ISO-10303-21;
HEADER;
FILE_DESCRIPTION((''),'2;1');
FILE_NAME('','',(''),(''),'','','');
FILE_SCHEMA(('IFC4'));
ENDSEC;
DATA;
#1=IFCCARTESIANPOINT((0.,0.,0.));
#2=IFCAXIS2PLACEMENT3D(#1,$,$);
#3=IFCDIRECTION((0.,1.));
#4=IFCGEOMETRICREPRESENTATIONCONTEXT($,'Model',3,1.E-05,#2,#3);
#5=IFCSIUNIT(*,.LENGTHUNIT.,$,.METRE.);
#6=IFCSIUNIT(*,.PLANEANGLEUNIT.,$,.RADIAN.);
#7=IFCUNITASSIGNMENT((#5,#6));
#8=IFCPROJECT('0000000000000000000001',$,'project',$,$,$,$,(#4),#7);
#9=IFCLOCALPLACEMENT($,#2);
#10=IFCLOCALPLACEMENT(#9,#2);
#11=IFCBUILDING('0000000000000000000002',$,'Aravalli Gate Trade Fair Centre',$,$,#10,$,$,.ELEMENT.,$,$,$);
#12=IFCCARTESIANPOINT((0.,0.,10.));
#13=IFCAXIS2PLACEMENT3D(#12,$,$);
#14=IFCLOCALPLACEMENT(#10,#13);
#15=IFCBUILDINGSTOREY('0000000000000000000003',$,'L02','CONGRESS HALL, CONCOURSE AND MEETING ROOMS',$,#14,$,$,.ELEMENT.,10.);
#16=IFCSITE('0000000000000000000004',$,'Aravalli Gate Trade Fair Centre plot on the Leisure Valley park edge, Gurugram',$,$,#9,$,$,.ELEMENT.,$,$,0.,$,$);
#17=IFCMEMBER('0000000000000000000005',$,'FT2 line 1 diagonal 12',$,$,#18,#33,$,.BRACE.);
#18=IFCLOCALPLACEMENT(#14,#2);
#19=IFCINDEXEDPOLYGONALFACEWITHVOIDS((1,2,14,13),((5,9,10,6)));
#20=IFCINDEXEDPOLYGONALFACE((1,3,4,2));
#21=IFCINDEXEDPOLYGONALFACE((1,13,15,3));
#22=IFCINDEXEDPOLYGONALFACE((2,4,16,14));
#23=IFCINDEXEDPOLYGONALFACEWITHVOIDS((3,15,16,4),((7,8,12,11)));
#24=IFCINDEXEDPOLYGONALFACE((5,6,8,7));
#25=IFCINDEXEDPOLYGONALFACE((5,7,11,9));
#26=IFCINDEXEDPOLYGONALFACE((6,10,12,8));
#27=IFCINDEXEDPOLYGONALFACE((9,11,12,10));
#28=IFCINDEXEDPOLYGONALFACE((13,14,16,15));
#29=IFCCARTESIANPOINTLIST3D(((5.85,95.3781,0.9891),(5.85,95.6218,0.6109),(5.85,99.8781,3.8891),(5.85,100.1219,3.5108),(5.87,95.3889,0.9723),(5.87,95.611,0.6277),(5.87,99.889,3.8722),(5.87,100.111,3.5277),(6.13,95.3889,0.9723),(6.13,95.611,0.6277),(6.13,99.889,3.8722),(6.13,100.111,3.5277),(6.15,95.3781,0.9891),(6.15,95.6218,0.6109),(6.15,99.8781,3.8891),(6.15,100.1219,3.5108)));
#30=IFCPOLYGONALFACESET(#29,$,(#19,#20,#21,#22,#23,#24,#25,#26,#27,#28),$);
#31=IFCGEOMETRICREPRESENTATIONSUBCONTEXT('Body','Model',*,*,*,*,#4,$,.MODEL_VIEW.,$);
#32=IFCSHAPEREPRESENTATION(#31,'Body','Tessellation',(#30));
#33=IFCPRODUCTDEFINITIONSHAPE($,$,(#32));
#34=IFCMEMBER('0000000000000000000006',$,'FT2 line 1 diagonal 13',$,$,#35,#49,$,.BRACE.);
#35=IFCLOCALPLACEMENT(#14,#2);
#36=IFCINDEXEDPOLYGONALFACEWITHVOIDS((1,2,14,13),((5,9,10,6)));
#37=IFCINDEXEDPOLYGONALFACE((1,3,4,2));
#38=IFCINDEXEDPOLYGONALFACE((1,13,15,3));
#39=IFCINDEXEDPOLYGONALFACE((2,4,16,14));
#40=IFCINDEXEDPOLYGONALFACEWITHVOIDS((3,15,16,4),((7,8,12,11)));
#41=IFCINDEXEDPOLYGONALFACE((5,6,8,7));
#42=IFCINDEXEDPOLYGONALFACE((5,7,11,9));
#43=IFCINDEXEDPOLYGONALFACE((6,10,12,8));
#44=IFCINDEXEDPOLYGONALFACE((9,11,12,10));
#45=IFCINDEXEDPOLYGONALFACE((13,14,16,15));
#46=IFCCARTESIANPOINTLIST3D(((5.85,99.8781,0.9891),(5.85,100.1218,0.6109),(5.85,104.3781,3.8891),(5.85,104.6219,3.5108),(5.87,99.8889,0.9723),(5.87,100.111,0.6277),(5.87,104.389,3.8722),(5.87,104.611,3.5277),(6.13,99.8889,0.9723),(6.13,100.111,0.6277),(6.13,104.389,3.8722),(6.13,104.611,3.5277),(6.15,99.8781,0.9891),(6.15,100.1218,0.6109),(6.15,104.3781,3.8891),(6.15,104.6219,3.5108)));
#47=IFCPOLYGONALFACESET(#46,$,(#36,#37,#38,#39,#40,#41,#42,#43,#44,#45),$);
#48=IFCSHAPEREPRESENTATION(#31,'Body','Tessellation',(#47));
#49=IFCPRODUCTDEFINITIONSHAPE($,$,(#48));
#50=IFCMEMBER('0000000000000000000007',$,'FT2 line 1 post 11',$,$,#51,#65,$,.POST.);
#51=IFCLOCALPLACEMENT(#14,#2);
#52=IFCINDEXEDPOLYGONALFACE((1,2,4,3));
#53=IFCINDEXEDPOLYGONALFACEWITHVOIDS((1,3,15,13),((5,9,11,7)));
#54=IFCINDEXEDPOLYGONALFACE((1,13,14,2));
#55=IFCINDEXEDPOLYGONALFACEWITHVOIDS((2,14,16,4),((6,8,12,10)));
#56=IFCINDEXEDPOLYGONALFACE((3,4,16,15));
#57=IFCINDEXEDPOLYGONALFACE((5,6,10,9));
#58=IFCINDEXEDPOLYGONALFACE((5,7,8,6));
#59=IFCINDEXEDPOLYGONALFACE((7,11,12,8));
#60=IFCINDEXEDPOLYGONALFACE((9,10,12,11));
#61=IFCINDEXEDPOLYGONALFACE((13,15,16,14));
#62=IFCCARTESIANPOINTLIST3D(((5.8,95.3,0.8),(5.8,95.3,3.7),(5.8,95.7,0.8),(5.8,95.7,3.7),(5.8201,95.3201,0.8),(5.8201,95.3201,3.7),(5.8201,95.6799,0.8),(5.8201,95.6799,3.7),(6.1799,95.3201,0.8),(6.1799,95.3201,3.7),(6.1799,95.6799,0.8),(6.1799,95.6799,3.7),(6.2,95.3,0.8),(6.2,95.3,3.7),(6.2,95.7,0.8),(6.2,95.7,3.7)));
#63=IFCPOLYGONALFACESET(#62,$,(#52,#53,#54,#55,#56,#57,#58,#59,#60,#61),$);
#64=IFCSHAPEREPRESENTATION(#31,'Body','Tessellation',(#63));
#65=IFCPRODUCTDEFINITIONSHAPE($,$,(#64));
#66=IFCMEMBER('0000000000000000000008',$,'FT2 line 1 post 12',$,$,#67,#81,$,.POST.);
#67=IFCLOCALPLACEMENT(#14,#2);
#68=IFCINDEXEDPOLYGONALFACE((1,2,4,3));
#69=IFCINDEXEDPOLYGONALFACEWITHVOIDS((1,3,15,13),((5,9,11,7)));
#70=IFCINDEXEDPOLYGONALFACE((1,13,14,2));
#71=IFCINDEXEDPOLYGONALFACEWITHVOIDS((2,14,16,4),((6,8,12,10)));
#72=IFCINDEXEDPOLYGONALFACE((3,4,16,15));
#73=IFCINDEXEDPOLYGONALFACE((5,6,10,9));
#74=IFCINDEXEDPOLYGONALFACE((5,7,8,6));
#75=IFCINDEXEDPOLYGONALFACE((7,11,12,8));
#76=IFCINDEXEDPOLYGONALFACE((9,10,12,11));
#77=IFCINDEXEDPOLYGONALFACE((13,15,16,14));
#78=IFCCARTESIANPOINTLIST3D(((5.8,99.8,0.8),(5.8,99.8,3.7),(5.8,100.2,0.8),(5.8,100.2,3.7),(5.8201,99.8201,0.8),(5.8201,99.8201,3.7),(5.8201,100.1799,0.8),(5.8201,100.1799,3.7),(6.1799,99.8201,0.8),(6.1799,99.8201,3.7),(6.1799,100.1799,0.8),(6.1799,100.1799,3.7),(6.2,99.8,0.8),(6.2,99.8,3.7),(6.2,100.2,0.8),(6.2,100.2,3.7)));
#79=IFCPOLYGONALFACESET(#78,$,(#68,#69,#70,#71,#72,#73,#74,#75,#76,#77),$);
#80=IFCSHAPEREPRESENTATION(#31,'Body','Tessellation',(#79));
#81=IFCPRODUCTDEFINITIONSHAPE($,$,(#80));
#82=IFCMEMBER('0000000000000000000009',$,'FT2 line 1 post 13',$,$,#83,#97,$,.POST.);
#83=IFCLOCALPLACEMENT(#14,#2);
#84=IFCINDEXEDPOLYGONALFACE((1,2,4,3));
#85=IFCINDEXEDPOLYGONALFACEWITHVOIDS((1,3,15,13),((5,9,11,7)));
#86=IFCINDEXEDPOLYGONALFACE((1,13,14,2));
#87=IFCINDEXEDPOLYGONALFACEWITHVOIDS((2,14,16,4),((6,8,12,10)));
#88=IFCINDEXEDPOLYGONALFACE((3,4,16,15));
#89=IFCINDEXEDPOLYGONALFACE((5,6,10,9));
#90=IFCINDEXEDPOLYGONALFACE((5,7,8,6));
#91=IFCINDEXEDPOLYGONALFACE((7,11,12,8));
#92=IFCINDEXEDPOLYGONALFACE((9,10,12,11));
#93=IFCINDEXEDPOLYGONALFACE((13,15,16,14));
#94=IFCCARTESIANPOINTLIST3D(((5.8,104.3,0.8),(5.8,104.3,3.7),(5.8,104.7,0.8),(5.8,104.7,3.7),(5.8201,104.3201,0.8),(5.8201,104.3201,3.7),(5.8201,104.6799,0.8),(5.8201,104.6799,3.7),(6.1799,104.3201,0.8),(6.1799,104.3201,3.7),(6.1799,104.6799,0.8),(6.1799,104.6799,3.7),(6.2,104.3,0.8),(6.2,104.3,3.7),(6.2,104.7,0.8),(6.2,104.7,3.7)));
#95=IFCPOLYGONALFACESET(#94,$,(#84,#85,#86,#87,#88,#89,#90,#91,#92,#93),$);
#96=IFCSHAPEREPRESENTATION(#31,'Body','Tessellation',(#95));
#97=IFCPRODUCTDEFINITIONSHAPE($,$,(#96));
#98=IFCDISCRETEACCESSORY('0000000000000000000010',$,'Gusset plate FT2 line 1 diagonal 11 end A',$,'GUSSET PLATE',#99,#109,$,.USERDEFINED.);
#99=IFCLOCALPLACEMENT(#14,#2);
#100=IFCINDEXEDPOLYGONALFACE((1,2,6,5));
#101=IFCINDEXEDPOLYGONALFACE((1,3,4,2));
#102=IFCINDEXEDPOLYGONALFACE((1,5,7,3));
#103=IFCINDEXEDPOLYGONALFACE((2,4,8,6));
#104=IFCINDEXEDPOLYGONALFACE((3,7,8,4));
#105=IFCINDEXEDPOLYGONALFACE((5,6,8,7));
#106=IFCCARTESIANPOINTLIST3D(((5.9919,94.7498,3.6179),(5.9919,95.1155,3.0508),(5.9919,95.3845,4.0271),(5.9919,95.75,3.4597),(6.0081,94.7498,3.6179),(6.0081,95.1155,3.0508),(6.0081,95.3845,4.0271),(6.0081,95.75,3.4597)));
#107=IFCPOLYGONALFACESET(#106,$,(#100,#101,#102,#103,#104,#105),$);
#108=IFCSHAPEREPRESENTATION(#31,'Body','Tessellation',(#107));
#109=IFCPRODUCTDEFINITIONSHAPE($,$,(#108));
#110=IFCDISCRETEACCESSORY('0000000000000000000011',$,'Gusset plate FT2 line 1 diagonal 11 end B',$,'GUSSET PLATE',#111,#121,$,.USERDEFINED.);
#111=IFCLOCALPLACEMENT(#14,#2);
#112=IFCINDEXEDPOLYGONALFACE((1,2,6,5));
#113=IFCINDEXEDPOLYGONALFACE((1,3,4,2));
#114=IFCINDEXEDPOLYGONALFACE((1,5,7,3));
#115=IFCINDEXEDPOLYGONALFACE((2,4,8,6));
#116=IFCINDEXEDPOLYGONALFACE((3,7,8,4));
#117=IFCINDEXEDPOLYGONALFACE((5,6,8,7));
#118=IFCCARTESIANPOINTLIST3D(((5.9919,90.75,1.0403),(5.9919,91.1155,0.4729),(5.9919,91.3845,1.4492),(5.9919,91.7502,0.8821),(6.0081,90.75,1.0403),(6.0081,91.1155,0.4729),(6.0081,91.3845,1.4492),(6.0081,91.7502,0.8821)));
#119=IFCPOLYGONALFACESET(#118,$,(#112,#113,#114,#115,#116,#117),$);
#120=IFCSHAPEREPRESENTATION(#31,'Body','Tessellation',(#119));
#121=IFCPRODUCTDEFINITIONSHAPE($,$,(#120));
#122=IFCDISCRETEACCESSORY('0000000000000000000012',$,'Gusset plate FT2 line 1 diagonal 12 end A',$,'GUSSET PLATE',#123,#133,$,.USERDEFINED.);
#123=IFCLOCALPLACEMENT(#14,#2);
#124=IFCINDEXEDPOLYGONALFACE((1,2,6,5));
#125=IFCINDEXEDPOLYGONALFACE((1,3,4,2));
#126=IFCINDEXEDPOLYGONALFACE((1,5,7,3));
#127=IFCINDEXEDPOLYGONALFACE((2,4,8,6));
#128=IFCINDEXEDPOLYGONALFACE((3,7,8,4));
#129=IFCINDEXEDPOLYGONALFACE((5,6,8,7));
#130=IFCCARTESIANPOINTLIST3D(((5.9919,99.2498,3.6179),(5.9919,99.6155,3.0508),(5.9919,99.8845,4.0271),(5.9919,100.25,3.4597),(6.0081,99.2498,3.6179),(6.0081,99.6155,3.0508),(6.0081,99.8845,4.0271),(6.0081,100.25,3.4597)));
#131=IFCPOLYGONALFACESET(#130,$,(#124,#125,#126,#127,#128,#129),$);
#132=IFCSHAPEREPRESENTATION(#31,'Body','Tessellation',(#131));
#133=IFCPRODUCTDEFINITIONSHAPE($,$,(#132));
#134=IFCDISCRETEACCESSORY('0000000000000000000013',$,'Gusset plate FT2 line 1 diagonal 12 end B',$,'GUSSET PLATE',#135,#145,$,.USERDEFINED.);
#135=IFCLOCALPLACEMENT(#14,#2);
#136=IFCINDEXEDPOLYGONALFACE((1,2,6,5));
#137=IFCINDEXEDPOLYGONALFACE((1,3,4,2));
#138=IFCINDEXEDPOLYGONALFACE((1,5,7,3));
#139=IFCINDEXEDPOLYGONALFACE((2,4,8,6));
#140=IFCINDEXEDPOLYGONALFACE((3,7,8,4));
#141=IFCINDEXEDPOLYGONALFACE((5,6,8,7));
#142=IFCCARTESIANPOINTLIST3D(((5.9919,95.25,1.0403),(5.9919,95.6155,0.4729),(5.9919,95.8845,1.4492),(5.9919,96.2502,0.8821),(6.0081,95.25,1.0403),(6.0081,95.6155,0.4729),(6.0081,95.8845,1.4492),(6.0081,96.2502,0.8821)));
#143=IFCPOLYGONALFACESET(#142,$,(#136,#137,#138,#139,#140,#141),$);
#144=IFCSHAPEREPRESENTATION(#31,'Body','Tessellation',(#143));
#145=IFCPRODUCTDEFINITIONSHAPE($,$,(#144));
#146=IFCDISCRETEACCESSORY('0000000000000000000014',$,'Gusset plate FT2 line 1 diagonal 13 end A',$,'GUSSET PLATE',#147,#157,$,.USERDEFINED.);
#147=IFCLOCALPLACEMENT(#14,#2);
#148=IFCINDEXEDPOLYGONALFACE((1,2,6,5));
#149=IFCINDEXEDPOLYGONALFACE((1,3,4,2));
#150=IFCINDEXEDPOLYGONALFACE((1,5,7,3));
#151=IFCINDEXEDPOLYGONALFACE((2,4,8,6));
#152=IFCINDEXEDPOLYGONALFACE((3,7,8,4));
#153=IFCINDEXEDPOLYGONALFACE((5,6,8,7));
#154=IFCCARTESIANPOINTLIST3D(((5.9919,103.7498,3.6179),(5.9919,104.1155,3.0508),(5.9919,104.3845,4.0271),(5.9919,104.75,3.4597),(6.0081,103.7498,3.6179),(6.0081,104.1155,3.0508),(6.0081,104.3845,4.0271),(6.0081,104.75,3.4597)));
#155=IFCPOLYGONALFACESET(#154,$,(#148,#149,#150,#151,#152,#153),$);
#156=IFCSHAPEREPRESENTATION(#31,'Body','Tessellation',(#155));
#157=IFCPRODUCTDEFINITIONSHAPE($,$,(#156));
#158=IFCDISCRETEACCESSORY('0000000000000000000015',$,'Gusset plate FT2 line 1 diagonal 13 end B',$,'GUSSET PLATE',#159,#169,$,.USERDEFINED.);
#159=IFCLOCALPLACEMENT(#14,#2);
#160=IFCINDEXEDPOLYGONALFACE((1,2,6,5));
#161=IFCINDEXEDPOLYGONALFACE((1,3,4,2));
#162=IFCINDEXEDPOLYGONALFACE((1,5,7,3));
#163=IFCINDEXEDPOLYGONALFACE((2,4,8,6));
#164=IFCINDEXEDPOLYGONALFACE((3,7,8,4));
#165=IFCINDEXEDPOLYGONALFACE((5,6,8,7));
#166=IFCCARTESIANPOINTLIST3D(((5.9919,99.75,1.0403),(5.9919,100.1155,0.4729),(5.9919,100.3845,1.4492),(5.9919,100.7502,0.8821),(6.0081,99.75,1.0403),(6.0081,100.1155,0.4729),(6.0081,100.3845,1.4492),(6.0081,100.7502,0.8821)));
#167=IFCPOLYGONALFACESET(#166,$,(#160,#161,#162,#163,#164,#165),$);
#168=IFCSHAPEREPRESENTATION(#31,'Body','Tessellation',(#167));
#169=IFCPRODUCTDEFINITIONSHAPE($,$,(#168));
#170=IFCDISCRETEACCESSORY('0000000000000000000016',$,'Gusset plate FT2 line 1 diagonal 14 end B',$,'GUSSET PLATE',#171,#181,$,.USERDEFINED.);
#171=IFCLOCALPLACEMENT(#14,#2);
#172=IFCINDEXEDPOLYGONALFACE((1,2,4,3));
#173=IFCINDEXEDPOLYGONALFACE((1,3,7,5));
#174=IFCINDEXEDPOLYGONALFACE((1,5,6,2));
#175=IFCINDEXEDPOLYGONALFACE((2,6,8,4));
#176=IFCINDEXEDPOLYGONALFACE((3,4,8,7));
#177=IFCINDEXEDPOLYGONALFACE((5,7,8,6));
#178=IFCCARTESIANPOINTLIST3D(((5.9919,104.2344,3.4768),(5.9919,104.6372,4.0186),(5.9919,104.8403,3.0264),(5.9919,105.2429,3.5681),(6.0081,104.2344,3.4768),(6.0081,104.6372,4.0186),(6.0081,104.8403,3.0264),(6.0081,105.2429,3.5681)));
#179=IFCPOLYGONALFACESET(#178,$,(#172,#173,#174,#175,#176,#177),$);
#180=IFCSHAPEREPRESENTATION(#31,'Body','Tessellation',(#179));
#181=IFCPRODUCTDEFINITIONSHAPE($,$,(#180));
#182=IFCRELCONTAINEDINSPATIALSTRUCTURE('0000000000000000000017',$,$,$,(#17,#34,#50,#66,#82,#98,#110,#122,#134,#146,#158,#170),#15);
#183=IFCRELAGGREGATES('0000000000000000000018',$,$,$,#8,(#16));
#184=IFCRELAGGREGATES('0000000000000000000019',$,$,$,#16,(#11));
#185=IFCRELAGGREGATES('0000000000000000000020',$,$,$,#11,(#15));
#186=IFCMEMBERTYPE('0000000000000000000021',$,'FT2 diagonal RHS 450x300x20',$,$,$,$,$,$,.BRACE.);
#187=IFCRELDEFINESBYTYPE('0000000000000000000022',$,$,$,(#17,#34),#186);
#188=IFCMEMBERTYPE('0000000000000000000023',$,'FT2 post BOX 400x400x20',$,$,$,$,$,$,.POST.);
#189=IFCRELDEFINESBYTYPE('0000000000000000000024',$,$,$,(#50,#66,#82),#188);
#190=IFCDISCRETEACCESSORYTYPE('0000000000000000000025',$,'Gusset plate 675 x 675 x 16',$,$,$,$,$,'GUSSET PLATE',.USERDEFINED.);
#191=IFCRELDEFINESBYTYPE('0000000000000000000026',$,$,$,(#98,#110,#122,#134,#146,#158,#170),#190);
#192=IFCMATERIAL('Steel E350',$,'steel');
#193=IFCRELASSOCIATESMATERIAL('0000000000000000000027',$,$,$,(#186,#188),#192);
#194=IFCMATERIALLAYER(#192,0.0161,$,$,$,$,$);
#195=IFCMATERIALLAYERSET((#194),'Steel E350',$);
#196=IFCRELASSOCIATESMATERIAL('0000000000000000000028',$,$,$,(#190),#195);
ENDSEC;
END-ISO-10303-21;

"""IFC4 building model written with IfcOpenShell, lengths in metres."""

from ifc_helpers import new_model, si_unit, direction, frame, origin, origin_2d, place, context, subcontext, project, spatial, polyline, hollow_rectangle, outline, extrude, material, layer, layer_set, material_profile, profile_set, type_object, element, save


model = new_model("IFC4")

# Units and contexts
model_context = context("Model", 3, precision=1e-05, world=origin(), true_north=direction((0.0, 1.0)))
body_context = subcontext(model_context, "Body", "Model", "MODEL_VIEW")
ifc_project = project(units=[si_unit("LENGTHUNIT", "METRE"), si_unit("PLANEANGLEUNIT", "RADIAN")], contexts=[model_context])

# Site, building, storey
site_placement = place(None, origin())
site = spatial("IfcSite", under=ifc_project, at=site_placement, Name="Aravalli Gate Trade Fair Centre plot on the Leisure Valley park edge, Gurugram", CompositionType="ELEMENT", RefElevation=0.0)
building_placement = place(site_placement, origin())
building = spatial("IfcBuilding", under=site, at=building_placement, Name="Aravalli Gate Trade Fair Centre", CompositionType="ELEMENT")
storey_placement = place(building_placement, frame((0.0, 0.0, 10.0)))
storey = spatial("IfcBuildingStorey", under=building, at=storey_placement, Name="L02", Description="CONGRESS HALL, CONCOURSE AND MEETING ROOMS", CompositionType="ELEMENT", Elevation=10.0)

# Members
ifc_material = material(Name="Steel E350", Category="steel")
ifc_material_profile_1 = material_profile(ifc_material, hollow_rectangle(XDim=0.3, YDim=0.45, WallThickness=0.02, at=origin_2d()), Name="RHS 450x300x20")
ifc_profile_set_1 = profile_set([ifc_material_profile_1], Name="Steel E350")
member_type_1 = type_object("IfcMemberType", Name="FT2 diagonal RHS 450x300x20", PredefinedType="BRACE", material=ifc_profile_set_1)
for number, where, z_axis, x_axis, name in (
    (1, (6.0, 100.0, 3.7), (0.0, -0.840579, -0.541688), (1.0, 0.0, 0.0), "FT2 line 1 diagonal 12"),
    (2, (6.0, 104.5, 3.7), (0.0, -0.840579, -0.541688), (1.0, 0.0, 0.0), "FT2 line 1 diagonal 13"),
):
    element("IfcMember", number, at=place(storey_placement, frame(where, z_axis=z_axis, x_axis=x_axis)), inside=storey, type_object=member_type_1, Name=name, PredefinedType="BRACE", context=body_context, shape_type="SweptSolid", body=[
        extrude(hollow_rectangle(XDim=0.3, YDim=0.45, WallThickness=0.02, at=origin_2d()), origin(), (0.0, 0.0, 1.0), 5.3535),
    ])
ifc_material_profile_2 = material_profile(ifc_material, hollow_rectangle(XDim=0.3999, YDim=0.3999, WallThickness=0.02, at=origin_2d()), Name="BOX 400x400x20")
ifc_profile_set_2 = profile_set([ifc_material_profile_2], Name="Steel E350")
member_type_2 = type_object("IfcMemberType", Name="FT2 post BOX 400x400x20", PredefinedType="POST", material=ifc_profile_set_2)
for number, where, z_axis, x_axis, name in (
    (3, (6.0, 95.5, 0.8), (0.0, 0.0, 1.0), (1.0, 0.0, 0.0), "FT2 line 1 post 11"),
    (4, (6.0, 100.0, 0.8), (0.0, 0.0, 1.0), (1.0, 0.0, 0.0), "FT2 line 1 post 12"),
    (5, (6.0, 104.5, 0.8), (0.0, 0.0, 1.0), (1.0, 0.0, 0.0), "FT2 line 1 post 13"),
):
    element("IfcMember", number, at=place(storey_placement, frame(where, z_axis=z_axis, x_axis=x_axis)), inside=storey, type_object=member_type_2, Name=name, PredefinedType="POST", context=body_context, shape_type="SweptSolid", body=[
        extrude(hollow_rectangle(XDim=0.3999, YDim=0.3999, WallThickness=0.02, at=origin_2d()), origin(), (0.0, 0.0, 1.0), 2.8999),
    ])

# Discrete accessories
ifc_layer_1 = layer(ifc_material, 0.0161)
ifc_layer_set_1 = layer_set([ifc_layer_1], Name="Steel E350")
discrete_accessory_type_1 = type_object("IfcDiscreteAccessoryType", Name="Gusset plate 675 x 675 x 16", ElementType="GUSSET PLATE", PredefinedType="USERDEFINED", material=ifc_layer_set_1)
discrete_accessory_1_placement = place(storey_placement, frame((5.9919, 94.7498, 3.6179), z_axis=(-1.0, 0.0, 0.0), x_axis=(0.0, 0.840506, 0.541803)))
element("IfcDiscreteAccessory", 6, at=discrete_accessory_1_placement, inside=storey, type_object=discrete_accessory_type_1, Name="Gusset plate FT2 line 1 diagonal 11 end A", ObjectType="GUSSET PLATE", PredefinedType="USERDEFINED", context=body_context, shape_type="SweptSolid", body=[
    extrude(outline(polyline([(0.0, 0.0), (0.7552, 0.0), (0.755, 0.6749), (0.0001, 0.6748), (0.0, 0.0)])), origin(), (0.0, 0.0, -1.0), 0.0161),
])
discrete_accessory_2_placement = place(storey_placement, frame((6.0081, 91.3845, 1.4492), z_axis=(1.0, 0.0, 0.0), x_axis=(0.0, -0.840558, -0.541722)))
element("IfcDiscreteAccessory", 7, at=discrete_accessory_2_placement, inside=storey, type_object=discrete_accessory_type_1, Name="Gusset plate FT2 line 1 diagonal 11 end B", ObjectType="GUSSET PLATE", PredefinedType="USERDEFINED", context=body_context, shape_type="SweptSolid", body=[
    extrude(outline(polyline([(0.0, 0.0), (0.7549, 0.0), (0.755, 0.6749), (-0.0002, 0.6748), (0.0, 0.0)])), origin(), (0.0, 0.0, -1.0), 0.0161),
])
discrete_accessory_3_placement = place(storey_placement, frame((5.9919, 99.2498, 3.6179), z_axis=(-1.0, 0.0, 0.0), x_axis=(0.0, 0.840506, 0.541803)))
element("IfcDiscreteAccessory", 8, at=discrete_accessory_3_placement, inside=storey, type_object=discrete_accessory_type_1, Name="Gusset plate FT2 line 1 diagonal 12 end A", ObjectType="GUSSET PLATE", PredefinedType="USERDEFINED", context=body_context, shape_type="SweptSolid", body=[
    extrude(outline(polyline([(0.0, 0.0), (0.7552, 0.0), (0.755, 0.6749), (0.0001, 0.6748), (0.0, 0.0)])), origin(), (0.0, 0.0, -1.0), 0.0161),
])
discrete_accessory_4_placement = place(storey_placement, frame((6.0081, 95.8845, 1.4492), z_axis=(1.0, 0.0, 0.0), x_axis=(0.0, -0.840558, -0.541722)))
element("IfcDiscreteAccessory", 9, at=discrete_accessory_4_placement, inside=storey, type_object=discrete_accessory_type_1, Name="Gusset plate FT2 line 1 diagonal 12 end B", ObjectType="GUSSET PLATE", PredefinedType="USERDEFINED", context=body_context, shape_type="SweptSolid", body=[
    extrude(outline(polyline([(0.0, 0.0), (0.7549, 0.0), (0.755, 0.6749), (-0.0002, 0.6748), (0.0, 0.0)])), origin(), (0.0, 0.0, -1.0), 0.0161),
])
discrete_accessory_5_placement = place(storey_placement, frame((5.9919, 103.7498, 3.6179), z_axis=(-1.0, 0.0, 0.0), x_axis=(0.0, 0.840506, 0.541803)))
element("IfcDiscreteAccessory", 10, at=discrete_accessory_5_placement, inside=storey, type_object=discrete_accessory_type_1, Name="Gusset plate FT2 line 1 diagonal 13 end A", ObjectType="GUSSET PLATE", PredefinedType="USERDEFINED", context=body_context, shape_type="SweptSolid", body=[
    extrude(outline(polyline([(0.0, 0.0), (0.7552, 0.0), (0.755, 0.6749), (0.0001, 0.6748), (0.0, 0.0)])), origin(), (0.0, 0.0, -1.0), 0.0161),
])
discrete_accessory_6_placement = place(storey_placement, frame((6.0081, 100.3845, 1.4492), z_axis=(1.0, 0.0, 0.0), x_axis=(0.0, -0.840558, -0.541722)))
element("IfcDiscreteAccessory", 11, at=discrete_accessory_6_placement, inside=storey, type_object=discrete_accessory_type_1, Name="Gusset plate FT2 line 1 diagonal 13 end B", ObjectType="GUSSET PLATE", PredefinedType="USERDEFINED", context=body_context, shape_type="SweptSolid", body=[
    extrude(outline(polyline([(0.0, 0.0), (0.7549, 0.0), (0.755, 0.6749), (-0.0002, 0.6748), (0.0, 0.0)])), origin(), (0.0, 0.0, -1.0), 0.0161),
])
discrete_accessory_7_placement = place(storey_placement, frame((5.9919, 104.8403, 3.0264), z_axis=(-1.0, 0.0, 0.0), x_axis=(0.0, -0.802554, 0.59658)))
element("IfcDiscreteAccessory", 12, at=discrete_accessory_7_placement, inside=storey, type_object=discrete_accessory_type_1, Name="Gusset plate FT2 line 1 diagonal 14 end B", ObjectType="GUSSET PLATE", PredefinedType="USERDEFINED", context=body_context, shape_type="SweptSolid", body=[
    extrude(outline(polyline([(0.0, 0.0), (0.755, 0.0), (0.7549, 0.6751), (0.0001, 0.675), (0.0, 0.0)])), origin(), (0.0, 0.0, -1.0), 0.0161),
])

save(model, "model.ifc")
